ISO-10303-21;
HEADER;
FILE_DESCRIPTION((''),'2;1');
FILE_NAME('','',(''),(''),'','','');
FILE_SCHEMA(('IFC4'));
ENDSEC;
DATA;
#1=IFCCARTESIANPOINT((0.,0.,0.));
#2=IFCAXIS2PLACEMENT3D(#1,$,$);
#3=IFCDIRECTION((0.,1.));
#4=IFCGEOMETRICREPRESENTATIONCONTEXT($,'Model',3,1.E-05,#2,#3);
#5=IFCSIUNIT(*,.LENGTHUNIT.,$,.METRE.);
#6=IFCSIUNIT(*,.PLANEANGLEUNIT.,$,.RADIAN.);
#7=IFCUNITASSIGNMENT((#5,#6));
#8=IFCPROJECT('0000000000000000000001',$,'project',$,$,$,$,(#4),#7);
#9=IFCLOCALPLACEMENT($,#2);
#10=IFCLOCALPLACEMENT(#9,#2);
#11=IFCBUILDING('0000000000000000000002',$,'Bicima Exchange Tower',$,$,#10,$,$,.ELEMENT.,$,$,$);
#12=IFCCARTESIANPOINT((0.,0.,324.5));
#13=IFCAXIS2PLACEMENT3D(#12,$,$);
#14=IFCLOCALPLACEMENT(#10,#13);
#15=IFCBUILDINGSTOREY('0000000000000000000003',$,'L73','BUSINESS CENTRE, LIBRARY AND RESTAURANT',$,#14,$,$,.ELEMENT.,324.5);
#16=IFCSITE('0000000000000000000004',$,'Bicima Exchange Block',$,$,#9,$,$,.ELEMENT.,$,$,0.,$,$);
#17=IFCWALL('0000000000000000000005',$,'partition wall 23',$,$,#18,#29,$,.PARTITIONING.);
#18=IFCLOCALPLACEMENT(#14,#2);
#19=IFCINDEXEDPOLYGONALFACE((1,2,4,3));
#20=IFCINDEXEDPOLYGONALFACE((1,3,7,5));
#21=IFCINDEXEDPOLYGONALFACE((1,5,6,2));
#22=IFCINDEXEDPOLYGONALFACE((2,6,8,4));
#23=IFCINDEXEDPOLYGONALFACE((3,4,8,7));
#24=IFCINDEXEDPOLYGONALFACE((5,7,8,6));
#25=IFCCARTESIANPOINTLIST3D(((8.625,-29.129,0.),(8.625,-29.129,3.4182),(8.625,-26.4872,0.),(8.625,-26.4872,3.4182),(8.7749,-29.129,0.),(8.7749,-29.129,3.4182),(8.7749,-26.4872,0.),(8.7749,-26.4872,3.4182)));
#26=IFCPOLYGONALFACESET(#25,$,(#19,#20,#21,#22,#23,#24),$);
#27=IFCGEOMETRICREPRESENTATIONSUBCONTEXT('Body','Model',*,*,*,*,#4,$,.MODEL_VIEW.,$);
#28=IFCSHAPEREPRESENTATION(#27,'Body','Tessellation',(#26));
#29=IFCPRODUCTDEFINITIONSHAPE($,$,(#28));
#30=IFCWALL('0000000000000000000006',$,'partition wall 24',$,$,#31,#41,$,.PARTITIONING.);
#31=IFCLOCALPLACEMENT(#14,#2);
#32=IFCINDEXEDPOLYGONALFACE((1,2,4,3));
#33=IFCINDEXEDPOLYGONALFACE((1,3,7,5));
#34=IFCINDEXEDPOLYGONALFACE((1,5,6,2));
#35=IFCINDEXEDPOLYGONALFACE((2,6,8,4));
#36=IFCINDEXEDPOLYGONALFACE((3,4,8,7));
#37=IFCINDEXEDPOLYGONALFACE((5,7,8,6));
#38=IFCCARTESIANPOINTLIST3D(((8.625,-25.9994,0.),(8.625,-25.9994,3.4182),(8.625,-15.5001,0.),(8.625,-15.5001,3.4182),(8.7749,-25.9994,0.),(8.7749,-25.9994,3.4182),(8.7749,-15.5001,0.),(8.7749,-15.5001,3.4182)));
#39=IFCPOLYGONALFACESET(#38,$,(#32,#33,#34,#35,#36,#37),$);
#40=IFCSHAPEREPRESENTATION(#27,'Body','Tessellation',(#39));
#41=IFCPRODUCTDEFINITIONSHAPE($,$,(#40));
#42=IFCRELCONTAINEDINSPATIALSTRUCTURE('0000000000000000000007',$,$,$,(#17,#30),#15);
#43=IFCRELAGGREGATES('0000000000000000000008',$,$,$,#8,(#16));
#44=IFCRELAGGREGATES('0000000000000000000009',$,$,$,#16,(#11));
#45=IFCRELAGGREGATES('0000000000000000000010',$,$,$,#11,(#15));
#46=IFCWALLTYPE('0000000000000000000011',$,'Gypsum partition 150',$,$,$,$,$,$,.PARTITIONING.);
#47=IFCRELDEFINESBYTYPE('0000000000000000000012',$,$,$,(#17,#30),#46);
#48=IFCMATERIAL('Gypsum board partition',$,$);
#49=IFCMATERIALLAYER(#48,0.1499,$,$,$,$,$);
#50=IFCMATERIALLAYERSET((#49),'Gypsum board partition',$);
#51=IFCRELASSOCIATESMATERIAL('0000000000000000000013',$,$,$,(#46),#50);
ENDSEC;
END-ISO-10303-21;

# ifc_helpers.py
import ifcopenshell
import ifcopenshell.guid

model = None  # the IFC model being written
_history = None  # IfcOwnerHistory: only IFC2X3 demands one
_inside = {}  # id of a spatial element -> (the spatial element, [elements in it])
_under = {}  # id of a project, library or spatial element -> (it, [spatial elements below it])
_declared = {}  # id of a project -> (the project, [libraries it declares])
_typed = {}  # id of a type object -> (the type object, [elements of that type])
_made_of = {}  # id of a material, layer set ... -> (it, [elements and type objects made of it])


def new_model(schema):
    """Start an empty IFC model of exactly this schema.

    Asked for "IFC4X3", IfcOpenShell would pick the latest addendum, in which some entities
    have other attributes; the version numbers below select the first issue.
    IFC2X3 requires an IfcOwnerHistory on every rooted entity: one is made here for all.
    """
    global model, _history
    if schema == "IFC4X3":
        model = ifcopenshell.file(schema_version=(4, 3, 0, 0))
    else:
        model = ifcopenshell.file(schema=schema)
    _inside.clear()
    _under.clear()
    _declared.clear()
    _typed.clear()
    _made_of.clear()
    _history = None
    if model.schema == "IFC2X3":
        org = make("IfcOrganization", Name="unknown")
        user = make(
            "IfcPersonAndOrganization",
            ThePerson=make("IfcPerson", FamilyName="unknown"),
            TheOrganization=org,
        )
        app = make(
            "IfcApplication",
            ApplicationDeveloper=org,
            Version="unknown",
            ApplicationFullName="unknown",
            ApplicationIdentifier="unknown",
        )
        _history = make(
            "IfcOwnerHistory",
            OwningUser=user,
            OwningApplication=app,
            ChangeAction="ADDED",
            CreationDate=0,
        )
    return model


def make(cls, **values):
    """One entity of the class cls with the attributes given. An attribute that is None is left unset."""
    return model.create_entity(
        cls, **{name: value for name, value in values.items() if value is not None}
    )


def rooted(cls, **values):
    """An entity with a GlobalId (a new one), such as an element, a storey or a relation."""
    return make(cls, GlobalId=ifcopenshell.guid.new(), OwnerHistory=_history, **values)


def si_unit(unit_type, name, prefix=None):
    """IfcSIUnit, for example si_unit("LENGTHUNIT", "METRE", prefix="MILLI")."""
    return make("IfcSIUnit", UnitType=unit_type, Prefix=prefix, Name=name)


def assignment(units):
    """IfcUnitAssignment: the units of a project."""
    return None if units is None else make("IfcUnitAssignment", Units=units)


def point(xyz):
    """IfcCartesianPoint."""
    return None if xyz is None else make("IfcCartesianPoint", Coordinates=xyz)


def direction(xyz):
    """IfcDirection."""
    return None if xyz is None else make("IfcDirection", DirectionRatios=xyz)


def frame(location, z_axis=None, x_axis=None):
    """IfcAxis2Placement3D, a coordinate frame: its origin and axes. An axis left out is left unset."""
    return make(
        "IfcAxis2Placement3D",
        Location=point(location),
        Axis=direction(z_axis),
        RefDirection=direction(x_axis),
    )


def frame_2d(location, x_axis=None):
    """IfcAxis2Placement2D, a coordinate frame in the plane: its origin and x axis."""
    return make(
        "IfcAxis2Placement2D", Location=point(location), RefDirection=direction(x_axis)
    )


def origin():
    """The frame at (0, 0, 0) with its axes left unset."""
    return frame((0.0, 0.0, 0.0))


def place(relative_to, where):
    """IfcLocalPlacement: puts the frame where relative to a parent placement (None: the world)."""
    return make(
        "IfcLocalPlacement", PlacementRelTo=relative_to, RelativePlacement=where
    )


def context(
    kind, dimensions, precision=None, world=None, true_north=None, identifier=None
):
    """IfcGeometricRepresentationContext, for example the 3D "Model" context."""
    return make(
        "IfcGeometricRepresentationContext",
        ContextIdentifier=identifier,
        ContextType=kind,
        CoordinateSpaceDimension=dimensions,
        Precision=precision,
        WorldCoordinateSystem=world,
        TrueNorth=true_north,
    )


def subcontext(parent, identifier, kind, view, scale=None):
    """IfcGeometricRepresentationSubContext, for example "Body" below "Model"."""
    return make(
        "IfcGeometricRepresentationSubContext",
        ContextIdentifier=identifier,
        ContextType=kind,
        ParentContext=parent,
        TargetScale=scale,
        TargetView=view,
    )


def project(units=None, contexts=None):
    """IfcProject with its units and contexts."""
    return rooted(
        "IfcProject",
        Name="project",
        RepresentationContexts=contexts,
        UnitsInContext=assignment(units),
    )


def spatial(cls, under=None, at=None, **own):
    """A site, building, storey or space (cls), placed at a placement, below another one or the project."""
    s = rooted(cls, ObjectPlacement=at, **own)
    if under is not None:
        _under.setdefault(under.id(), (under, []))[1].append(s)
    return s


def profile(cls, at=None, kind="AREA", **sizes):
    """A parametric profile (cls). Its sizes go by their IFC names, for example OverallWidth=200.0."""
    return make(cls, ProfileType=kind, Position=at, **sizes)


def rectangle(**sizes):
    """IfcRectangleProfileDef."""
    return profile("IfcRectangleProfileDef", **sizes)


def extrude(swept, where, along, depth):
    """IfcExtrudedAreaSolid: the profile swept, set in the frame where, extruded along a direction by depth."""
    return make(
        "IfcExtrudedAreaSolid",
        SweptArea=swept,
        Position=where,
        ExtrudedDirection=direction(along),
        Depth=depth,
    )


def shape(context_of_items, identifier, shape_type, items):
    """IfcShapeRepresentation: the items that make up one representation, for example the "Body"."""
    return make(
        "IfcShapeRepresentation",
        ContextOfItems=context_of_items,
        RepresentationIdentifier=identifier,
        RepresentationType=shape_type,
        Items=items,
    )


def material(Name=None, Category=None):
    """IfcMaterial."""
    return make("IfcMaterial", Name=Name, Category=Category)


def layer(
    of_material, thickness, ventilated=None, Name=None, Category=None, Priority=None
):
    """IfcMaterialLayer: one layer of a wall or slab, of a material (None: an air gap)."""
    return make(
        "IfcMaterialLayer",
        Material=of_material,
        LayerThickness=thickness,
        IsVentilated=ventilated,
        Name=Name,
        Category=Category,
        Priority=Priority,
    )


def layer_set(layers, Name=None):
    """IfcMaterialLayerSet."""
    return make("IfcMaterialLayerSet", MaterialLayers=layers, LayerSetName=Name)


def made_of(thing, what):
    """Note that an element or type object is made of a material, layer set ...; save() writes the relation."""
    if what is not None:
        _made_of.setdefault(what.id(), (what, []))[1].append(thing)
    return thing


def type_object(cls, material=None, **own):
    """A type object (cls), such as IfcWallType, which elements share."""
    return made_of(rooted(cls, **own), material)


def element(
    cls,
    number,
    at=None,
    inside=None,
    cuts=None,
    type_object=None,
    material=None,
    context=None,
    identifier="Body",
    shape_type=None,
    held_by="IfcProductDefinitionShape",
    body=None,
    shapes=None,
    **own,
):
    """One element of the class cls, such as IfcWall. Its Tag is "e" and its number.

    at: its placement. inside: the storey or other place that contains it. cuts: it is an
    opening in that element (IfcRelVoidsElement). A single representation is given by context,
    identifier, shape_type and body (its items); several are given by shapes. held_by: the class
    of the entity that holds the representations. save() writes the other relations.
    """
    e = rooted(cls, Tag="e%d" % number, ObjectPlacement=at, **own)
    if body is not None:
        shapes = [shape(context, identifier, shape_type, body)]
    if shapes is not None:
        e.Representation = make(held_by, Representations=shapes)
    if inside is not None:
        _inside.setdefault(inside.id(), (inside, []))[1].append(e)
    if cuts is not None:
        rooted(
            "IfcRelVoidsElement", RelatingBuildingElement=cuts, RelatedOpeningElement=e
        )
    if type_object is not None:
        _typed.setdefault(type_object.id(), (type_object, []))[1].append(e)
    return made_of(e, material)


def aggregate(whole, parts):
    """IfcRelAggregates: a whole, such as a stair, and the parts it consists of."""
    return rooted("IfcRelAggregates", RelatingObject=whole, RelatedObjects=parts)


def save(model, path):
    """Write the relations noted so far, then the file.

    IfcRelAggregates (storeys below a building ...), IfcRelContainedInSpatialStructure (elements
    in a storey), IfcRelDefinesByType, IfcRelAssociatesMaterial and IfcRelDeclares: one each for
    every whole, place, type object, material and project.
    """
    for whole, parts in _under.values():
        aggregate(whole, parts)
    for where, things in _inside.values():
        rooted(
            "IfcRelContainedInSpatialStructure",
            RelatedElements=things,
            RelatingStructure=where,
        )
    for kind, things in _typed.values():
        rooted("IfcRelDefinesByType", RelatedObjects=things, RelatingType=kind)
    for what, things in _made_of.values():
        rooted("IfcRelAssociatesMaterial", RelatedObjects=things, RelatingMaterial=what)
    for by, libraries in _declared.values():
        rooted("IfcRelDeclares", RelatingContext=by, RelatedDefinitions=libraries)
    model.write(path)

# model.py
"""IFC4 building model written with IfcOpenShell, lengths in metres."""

from ifc_helpers import new_model, si_unit, direction, frame, frame_2d, origin, place, context, subcontext, project, spatial, rectangle, extrude, material, layer, layer_set, type_object, element, save


model = new_model("IFC4")

# Units and contexts
model_context = context("Model", 3, precision=1e-05, world=origin(), true_north=direction((0.0, 1.0)))
body_context = subcontext(model_context, "Body", "Model", "MODEL_VIEW")
ifc_project = project(units=[si_unit("LENGTHUNIT", "METRE"), si_unit("PLANEANGLEUNIT", "RADIAN")], contexts=[model_context])

# Site, building, storey
site_placement = place(None, origin())
site = spatial("IfcSite", under=ifc_project, at=site_placement, Name="Bicima Exchange Block", CompositionType="ELEMENT", RefElevation=0.0)
building_placement = place(site_placement, origin())
building = spatial("IfcBuilding", under=site, at=building_placement, Name="Bicima Exchange Tower", CompositionType="ELEMENT")
storey_placement = place(building_placement, frame((0.0, 0.0, 324.5)))
storey = spatial("IfcBuildingStorey", under=building, at=storey_placement, Name="L73", Description="BUSINESS CENTRE, LIBRARY AND RESTAURANT", CompositionType="ELEMENT", Elevation=324.5)

# Shared definitions
ifc_material_1 = material(Name="Gypsum board partition")

# Walls
ifc_layer_1 = layer(ifc_material_1, 0.1499)
ifc_layer_set_1 = layer_set([ifc_layer_1], Name="Gypsum board partition")
wall_type_1 = type_object("IfcWallType", Name="Gypsum partition 150", PredefinedType="PARTITIONING", material=ifc_layer_set_1)
wall_1_placement = place(storey_placement, frame((8.7, -29.1289, 0.0), z_axis=(0.0, 0.0, 1.0), x_axis=(0.0, 1.0, 0.0)))
element("IfcWall", 1, at=wall_1_placement, inside=storey, type_object=wall_type_1, Name="partition wall 23", PredefinedType="PARTITIONING", context=body_context, shape_type="SweptSolid", body=[
    extrude(rectangle(XDim=2.6418, YDim=0.1499, at=frame_2d((1.3208, 0.0))), origin(), (0.0, 0.0, 1.0), 3.4182),
])
wall_2_placement = place(storey_placement, frame((8.7, -25.9993, 0.0), z_axis=(0.0, 0.0, 1.0), x_axis=(0.0, 1.0, 0.0)))
element("IfcWall", 2, at=wall_2_placement, inside=storey, type_object=wall_type_1, Name="partition wall 24", PredefinedType="PARTITIONING", context=body_context, shape_type="SweptSolid", body=[
    extrude(rectangle(XDim=10.4993, YDim=0.1499, at=frame_2d((5.2495, 0.0))), origin(), (0.0, 0.0, 1.0), 3.4182),
])

save(model, "model.ifc")
